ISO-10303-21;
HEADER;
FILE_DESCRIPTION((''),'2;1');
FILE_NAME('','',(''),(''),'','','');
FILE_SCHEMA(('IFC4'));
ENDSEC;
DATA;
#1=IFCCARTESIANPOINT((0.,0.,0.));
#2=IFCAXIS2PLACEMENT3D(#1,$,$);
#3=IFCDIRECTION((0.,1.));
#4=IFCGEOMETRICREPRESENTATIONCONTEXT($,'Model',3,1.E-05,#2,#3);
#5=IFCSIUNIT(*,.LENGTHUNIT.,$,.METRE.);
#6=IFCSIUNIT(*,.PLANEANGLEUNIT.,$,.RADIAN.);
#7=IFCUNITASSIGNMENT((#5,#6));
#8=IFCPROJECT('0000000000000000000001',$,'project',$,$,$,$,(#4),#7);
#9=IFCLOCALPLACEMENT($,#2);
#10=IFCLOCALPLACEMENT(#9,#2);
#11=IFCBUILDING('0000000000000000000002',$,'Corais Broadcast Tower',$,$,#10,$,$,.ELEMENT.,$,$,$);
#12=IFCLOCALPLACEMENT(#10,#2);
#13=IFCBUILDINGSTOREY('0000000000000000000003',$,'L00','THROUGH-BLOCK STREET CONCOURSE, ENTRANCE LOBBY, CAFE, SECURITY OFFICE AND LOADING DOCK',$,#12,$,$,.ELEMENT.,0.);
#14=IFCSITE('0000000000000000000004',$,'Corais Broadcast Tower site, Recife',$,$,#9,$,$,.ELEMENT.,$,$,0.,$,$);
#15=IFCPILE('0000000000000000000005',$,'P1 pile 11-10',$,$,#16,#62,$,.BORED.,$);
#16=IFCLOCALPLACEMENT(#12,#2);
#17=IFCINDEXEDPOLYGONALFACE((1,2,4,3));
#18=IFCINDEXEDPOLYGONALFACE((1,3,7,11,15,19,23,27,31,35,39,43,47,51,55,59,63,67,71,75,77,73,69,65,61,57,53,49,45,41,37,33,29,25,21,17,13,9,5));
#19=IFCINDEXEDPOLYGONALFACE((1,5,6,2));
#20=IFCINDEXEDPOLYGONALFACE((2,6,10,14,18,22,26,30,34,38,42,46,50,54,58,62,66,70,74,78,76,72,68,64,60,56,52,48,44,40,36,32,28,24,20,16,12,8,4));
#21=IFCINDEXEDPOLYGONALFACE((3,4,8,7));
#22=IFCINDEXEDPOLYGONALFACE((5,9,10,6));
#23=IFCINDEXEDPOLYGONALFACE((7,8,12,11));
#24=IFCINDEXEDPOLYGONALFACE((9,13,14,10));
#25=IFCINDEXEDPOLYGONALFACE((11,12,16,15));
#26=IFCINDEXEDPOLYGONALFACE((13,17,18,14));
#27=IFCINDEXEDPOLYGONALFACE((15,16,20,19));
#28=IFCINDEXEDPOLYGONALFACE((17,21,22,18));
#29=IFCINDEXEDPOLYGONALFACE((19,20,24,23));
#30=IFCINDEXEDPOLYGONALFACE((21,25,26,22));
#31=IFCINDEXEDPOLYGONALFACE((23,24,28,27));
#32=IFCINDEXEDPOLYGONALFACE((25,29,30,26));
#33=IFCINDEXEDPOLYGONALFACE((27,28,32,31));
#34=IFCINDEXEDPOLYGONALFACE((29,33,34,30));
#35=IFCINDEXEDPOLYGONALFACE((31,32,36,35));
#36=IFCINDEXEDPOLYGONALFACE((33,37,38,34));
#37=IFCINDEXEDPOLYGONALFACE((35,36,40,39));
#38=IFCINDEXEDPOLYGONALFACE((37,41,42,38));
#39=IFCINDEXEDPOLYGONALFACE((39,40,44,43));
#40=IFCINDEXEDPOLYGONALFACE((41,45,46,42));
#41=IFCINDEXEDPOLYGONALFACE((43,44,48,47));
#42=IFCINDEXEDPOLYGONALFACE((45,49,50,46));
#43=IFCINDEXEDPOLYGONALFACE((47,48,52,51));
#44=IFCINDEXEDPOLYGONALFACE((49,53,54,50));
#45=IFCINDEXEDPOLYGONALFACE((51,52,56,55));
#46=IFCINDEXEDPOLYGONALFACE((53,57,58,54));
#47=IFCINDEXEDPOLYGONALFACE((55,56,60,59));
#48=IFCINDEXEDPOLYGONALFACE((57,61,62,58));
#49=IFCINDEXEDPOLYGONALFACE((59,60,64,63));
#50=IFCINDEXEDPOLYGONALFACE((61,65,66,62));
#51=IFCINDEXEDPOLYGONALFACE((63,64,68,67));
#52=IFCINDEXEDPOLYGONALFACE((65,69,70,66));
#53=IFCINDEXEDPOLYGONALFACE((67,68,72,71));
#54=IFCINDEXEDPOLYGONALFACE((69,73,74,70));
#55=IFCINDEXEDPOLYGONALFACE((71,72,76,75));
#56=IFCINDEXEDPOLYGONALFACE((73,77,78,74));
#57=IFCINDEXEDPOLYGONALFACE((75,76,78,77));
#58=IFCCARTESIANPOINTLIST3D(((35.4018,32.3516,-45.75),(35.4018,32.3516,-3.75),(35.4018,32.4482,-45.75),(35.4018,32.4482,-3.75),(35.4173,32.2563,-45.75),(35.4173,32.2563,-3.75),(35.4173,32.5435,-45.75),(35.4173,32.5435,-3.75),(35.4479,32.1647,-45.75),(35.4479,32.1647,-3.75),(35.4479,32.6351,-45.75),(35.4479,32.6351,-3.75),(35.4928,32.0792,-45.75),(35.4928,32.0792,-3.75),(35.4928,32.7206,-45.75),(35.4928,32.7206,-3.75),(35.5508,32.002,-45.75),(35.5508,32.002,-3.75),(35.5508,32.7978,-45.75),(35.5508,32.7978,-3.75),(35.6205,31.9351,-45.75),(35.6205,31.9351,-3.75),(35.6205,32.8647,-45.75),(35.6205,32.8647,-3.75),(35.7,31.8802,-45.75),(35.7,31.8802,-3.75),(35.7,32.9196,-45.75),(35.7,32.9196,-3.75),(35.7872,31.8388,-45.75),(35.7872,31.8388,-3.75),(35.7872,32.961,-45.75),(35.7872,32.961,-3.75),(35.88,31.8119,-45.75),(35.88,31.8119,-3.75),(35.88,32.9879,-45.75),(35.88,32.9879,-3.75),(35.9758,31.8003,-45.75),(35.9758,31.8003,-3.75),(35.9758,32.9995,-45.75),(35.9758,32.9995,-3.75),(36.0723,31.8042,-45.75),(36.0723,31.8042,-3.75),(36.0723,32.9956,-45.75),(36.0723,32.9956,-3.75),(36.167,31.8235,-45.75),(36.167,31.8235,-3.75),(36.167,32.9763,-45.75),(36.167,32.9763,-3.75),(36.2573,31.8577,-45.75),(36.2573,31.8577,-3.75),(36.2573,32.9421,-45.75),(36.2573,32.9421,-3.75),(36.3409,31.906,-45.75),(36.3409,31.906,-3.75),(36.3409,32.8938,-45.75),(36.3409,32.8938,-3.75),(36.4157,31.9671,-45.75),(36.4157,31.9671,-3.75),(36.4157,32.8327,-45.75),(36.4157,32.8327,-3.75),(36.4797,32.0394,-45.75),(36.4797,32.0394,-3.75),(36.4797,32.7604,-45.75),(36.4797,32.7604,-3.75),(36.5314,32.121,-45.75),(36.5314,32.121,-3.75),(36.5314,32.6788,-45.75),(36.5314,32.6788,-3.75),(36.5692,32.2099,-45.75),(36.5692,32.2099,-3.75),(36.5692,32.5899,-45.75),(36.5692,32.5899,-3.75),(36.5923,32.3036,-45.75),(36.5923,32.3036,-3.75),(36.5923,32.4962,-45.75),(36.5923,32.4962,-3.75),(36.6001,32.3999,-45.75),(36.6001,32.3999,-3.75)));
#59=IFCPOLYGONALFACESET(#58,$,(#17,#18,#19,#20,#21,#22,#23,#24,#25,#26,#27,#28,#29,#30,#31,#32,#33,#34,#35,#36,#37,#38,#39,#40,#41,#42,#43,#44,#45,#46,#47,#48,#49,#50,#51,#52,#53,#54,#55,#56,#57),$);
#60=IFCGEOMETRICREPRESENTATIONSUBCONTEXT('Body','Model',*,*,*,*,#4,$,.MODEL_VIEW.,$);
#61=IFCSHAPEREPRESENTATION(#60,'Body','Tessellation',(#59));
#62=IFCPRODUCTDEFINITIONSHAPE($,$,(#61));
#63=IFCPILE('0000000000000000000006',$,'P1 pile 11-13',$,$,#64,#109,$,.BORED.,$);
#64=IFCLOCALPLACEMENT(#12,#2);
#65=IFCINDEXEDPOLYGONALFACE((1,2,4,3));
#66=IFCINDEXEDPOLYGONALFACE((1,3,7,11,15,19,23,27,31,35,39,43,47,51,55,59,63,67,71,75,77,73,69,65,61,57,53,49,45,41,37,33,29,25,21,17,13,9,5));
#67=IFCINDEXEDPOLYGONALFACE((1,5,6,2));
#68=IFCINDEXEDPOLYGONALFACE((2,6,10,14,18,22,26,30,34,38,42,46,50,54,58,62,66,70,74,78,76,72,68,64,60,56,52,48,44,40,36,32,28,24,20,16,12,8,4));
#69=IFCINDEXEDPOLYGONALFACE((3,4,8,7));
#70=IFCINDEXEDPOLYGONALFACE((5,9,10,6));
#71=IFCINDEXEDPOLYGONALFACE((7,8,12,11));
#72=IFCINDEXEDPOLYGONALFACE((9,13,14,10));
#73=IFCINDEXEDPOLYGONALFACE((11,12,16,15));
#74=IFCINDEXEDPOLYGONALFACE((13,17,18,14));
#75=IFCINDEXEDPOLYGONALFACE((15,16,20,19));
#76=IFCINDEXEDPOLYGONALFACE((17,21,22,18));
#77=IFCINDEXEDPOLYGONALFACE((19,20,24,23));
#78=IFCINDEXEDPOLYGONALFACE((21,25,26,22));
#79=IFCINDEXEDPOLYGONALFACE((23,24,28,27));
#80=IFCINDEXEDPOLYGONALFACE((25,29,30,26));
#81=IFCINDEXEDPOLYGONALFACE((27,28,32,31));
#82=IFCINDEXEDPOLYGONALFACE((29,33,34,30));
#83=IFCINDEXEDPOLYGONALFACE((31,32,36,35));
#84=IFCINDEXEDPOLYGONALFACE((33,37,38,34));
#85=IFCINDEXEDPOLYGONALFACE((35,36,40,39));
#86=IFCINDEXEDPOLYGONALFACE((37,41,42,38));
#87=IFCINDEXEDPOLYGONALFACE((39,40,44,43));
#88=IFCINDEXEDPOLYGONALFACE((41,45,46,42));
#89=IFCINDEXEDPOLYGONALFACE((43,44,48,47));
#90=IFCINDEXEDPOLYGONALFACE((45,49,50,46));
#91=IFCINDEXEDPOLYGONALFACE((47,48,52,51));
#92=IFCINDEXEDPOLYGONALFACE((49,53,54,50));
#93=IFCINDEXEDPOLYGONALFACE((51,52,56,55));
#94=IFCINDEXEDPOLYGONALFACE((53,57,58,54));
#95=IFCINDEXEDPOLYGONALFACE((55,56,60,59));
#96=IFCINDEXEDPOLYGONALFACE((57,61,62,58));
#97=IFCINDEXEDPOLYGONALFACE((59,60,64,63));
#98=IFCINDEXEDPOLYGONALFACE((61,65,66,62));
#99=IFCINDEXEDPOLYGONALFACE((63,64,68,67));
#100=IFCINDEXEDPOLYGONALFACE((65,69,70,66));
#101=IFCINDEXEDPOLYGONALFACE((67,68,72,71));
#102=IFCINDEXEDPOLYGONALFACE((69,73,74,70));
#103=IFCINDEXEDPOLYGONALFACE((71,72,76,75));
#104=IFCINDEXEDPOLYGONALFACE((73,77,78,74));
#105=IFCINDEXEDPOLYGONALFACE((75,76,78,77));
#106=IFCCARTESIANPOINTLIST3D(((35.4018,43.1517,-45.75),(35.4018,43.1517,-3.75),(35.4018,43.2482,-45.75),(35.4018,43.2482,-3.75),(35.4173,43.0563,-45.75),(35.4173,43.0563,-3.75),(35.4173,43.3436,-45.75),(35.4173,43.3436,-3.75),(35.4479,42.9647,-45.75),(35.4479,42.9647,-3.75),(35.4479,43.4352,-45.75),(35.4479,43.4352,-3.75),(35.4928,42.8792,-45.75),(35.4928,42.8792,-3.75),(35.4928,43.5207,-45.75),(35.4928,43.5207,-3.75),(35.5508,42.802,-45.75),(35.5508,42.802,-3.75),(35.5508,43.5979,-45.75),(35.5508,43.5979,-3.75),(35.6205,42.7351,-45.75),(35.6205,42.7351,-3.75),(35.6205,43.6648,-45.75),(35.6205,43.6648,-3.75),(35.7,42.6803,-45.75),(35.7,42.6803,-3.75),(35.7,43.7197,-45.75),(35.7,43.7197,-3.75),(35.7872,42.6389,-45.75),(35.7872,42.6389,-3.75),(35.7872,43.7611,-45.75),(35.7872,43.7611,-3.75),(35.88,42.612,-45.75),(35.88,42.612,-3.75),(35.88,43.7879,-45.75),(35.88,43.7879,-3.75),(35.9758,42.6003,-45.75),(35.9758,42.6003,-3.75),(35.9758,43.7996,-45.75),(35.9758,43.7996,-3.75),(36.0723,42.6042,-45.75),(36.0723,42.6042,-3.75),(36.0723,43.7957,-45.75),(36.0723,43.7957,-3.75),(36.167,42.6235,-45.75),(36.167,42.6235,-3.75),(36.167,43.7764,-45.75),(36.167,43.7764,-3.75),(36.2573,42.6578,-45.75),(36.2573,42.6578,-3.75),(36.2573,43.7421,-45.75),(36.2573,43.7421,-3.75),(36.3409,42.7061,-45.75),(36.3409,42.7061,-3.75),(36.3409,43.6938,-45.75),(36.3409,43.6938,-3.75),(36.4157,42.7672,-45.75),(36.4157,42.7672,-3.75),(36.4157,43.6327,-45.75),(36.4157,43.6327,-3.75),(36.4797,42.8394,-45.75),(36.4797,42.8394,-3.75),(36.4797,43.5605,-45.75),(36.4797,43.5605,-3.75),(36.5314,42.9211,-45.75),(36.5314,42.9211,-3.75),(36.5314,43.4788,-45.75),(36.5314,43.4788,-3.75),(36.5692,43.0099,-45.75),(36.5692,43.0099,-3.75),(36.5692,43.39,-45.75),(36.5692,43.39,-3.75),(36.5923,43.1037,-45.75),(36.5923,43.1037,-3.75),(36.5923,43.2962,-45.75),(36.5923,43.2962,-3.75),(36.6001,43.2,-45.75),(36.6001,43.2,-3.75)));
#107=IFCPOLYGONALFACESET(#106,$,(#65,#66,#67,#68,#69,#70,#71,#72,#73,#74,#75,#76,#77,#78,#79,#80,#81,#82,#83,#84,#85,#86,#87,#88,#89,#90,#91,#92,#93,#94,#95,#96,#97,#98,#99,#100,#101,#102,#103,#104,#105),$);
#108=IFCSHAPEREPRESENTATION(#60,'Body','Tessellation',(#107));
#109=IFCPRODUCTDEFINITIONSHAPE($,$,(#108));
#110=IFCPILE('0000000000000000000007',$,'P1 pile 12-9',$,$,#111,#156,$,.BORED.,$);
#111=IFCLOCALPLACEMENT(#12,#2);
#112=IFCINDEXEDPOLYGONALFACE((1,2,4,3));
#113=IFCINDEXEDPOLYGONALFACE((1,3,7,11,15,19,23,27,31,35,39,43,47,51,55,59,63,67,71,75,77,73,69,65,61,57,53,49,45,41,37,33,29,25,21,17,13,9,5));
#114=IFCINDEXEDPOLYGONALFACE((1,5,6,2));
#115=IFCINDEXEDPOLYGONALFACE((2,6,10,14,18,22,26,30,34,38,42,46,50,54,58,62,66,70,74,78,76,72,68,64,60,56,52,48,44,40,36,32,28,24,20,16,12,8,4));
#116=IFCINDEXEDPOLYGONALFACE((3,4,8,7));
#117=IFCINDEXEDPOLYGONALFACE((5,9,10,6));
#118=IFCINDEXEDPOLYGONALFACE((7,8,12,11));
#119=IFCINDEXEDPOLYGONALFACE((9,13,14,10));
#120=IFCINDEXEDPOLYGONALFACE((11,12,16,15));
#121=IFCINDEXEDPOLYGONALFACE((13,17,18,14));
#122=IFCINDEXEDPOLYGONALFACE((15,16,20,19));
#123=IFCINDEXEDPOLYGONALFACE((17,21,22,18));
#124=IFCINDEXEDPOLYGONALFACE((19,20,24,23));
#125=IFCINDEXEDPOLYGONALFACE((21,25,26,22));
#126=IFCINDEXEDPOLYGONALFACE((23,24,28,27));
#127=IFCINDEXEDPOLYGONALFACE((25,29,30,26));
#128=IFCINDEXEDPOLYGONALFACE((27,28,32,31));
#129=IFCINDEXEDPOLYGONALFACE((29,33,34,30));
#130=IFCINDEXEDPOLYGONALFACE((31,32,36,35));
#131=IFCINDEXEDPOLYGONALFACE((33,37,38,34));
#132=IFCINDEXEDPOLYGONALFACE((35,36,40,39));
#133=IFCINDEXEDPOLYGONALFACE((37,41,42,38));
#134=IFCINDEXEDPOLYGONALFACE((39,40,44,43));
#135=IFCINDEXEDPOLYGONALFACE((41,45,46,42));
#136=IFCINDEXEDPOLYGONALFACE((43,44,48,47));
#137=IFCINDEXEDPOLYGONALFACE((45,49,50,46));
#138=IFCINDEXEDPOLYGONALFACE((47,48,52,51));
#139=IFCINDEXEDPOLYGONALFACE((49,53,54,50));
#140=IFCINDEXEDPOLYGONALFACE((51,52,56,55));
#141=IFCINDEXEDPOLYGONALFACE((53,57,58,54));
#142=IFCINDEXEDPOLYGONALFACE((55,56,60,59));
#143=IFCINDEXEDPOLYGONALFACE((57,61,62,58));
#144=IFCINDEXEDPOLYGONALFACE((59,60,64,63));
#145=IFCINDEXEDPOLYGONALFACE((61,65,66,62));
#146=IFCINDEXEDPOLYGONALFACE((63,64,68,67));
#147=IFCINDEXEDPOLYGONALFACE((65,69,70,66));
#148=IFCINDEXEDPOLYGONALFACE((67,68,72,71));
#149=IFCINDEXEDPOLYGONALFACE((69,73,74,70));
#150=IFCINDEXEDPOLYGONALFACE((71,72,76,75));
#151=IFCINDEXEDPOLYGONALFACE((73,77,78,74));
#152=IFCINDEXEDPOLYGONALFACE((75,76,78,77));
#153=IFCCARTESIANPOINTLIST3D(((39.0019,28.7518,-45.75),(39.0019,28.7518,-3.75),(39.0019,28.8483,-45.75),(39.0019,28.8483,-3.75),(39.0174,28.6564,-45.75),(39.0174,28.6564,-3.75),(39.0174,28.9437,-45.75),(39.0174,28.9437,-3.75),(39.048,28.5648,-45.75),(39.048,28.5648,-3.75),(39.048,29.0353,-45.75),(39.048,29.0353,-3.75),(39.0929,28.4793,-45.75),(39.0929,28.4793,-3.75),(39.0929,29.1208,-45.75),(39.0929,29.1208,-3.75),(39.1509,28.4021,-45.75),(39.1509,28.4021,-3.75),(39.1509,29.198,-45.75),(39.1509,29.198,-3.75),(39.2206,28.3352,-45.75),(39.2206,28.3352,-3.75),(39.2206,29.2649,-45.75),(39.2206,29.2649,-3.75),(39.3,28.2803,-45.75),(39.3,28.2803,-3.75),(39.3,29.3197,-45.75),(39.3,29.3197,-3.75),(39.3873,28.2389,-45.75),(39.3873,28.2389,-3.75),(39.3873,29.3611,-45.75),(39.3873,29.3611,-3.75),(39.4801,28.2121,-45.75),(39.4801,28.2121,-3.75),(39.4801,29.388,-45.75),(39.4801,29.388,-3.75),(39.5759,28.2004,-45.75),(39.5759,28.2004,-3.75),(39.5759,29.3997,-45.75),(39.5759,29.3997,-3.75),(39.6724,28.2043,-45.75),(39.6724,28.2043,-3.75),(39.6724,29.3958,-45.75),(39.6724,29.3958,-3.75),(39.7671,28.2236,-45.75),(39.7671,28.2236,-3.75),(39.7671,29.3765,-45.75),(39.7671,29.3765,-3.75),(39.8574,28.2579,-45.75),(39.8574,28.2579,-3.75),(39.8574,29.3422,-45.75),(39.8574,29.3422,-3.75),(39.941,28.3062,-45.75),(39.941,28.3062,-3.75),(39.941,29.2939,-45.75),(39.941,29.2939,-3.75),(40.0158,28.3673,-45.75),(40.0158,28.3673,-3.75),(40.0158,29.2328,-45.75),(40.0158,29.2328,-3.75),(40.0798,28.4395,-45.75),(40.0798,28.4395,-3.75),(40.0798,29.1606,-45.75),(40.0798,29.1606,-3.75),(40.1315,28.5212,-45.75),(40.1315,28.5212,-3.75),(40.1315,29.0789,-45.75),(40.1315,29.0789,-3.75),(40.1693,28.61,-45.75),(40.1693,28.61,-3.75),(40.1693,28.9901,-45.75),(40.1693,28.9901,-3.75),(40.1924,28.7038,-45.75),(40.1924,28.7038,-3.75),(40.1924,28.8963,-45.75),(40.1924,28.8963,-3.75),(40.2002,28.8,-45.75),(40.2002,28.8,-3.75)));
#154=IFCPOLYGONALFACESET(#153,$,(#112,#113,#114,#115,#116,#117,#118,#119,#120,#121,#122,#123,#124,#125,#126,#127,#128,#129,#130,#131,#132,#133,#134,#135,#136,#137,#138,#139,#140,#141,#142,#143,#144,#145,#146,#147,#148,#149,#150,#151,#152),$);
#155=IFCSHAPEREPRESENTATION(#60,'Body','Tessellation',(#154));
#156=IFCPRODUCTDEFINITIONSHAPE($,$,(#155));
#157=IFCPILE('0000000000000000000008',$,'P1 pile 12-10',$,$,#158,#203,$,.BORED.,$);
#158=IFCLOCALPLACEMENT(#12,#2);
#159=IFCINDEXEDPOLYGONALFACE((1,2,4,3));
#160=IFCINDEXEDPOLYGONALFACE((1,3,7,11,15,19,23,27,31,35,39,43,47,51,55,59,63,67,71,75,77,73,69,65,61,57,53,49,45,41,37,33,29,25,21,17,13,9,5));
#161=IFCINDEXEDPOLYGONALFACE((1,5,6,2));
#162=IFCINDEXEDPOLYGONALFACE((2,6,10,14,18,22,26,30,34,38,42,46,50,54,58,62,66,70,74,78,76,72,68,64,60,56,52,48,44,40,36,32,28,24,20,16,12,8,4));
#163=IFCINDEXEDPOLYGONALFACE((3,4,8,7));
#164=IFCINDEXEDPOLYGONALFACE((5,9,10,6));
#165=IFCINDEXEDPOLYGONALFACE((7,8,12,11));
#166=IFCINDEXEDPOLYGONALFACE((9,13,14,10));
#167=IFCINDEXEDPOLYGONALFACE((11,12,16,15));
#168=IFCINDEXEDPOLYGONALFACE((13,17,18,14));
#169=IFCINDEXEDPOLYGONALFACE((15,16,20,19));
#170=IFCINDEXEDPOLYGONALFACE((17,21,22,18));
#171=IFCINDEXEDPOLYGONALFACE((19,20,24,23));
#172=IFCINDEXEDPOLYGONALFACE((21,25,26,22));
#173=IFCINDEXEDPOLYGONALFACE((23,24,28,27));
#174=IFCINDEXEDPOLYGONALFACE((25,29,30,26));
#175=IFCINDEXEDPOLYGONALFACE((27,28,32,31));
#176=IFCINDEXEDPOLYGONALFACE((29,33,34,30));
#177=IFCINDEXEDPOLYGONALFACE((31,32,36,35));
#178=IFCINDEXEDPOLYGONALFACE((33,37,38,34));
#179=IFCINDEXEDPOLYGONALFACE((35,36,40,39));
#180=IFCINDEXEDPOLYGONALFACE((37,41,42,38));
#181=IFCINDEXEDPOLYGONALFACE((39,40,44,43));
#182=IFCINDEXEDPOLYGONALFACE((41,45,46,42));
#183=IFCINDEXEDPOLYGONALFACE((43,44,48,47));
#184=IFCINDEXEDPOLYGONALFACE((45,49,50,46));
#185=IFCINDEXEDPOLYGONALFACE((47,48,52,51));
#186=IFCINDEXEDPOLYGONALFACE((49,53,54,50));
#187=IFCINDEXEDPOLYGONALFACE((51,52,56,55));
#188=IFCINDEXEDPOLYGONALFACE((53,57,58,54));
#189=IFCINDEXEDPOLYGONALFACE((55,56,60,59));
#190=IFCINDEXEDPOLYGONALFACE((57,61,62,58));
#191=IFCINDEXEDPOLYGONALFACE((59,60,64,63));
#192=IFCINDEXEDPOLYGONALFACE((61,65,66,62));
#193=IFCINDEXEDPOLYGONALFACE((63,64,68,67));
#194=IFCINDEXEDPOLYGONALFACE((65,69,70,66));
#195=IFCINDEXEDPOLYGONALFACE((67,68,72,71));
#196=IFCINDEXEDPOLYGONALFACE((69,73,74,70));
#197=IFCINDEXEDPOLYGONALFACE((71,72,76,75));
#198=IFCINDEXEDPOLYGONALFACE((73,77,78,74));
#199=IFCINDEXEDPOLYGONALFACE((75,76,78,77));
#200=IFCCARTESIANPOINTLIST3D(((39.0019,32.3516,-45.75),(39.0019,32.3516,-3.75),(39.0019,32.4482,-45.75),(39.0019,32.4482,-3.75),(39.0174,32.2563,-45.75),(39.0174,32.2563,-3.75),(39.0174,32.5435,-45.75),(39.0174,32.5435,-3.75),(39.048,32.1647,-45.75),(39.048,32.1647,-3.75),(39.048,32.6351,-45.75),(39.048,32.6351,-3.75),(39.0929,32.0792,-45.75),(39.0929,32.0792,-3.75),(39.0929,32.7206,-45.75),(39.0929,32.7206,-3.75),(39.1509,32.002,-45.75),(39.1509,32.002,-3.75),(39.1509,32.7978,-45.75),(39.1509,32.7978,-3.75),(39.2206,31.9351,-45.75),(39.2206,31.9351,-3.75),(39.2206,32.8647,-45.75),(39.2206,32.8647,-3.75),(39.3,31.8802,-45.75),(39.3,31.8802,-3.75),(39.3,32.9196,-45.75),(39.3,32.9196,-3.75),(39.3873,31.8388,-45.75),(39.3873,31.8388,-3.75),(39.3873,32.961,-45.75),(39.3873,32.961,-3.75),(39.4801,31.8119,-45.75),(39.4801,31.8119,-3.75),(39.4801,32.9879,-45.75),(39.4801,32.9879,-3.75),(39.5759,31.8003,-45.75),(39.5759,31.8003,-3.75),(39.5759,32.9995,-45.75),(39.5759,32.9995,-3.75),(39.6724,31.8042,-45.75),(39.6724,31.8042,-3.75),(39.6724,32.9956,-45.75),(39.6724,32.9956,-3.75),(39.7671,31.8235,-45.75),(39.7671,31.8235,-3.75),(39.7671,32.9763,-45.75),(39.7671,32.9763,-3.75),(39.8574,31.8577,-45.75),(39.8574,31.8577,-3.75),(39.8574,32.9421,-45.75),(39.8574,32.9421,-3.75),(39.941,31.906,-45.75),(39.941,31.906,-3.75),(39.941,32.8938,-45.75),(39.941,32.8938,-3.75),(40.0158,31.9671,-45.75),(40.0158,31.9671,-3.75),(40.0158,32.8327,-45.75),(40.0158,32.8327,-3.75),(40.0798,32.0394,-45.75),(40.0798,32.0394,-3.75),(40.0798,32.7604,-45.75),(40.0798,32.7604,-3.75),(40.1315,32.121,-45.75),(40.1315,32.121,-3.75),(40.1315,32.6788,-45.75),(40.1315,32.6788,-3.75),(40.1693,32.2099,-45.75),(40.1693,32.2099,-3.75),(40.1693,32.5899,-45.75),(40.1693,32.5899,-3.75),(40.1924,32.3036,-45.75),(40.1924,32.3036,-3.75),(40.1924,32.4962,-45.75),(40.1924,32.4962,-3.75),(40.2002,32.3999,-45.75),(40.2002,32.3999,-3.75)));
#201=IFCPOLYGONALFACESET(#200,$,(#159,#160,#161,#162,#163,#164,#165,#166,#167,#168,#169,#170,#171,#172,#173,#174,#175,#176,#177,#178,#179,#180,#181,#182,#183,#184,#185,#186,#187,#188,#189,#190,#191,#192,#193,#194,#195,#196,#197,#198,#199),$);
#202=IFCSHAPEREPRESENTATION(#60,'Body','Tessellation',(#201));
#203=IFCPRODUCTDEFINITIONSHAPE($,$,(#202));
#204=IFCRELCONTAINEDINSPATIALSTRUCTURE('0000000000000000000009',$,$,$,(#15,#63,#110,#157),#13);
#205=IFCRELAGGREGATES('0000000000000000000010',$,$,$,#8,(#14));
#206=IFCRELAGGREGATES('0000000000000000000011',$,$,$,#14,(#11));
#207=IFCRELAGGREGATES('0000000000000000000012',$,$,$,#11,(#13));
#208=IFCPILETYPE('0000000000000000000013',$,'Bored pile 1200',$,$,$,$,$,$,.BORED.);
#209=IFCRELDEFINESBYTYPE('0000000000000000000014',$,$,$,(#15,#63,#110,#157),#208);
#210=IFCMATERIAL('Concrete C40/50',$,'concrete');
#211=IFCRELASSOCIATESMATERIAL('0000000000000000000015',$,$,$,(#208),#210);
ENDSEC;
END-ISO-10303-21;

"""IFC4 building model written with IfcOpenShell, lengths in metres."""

from ifc_helpers import new_model, si_unit, direction, frame, origin, origin_2d, place, context, subcontext, project, spatial, circle, extrude, material, type_object, element, save


model = new_model("IFC4")

# Units and contexts
model_context = context("Model", 3, precision=1e-05, world=origin(), true_north=direction((0.0, 1.0)))
body_context = subcontext(model_context, "Body", "Model", "MODEL_VIEW")
ifc_project = project(units=[si_unit("LENGTHUNIT", "METRE"), si_unit("PLANEANGLEUNIT", "RADIAN")], contexts=[model_context])

# Site, building, storey
site_placement = place(None, origin())
site = spatial("IfcSite", under=ifc_project, at=site_placement, Name="Corais Broadcast Tower site, Recife", CompositionType="ELEMENT", RefElevation=0.0)
building_placement = place(site_placement, origin())
building = spatial("IfcBuilding", under=site, at=building_placement, Name="Corais Broadcast Tower", CompositionType="ELEMENT")
storey_placement = place(building_placement, origin())
storey = spatial("IfcBuildingStorey", under=building, at=storey_placement, Name="L00", Description="THROUGH-BLOCK STREET CONCOURSE, ENTRANCE LOBBY, CAFE, SECURITY OFFICE AND LOADING DOCK", CompositionType="ELEMENT", Elevation=0.0)

# Piles
ifc_material_1 = material(Name="Concrete C40/50", Category="concrete")
pile_type = type_object("IfcPileType", Name="Bored pile 1200", PredefinedType="BORED", material=ifc_material_1)
for number, where, z_axis, x_axis, name in (
    (1, (36.0, 32.3999, -3.75), (0.0, 0.0, -1.0), (1.0, 0.0, 0.0), "P1 pile 11-10"),
    (2, (36.0, 43.2, -3.75), (0.0, 0.0, -1.0), (1.0, 0.0, 0.0), "P1 pile 11-13"),
    (3, (39.6001, 28.8, -3.75), (0.0, 0.0, -1.0), (1.0, 0.0, 0.0), "P1 pile 12-9"),
    (4, (39.6001, 32.3999, -3.75), (0.0, 0.0, -1.0), (1.0, 0.0, 0.0), "P1 pile 12-10"),
):
    element("IfcPile", number, at=place(storey_placement, frame(where, z_axis=z_axis, x_axis=x_axis)), inside=storey, type_object=pile_type, Name=name, PredefinedType="BORED", context=body_context, shape_type="SweptSolid", body=[
        extrude(circle(Radius=0.6001, at=origin_2d()), origin(), (0.0, 0.0, 1.0), 42.0),
    ])

save(model, "model.ifc")
